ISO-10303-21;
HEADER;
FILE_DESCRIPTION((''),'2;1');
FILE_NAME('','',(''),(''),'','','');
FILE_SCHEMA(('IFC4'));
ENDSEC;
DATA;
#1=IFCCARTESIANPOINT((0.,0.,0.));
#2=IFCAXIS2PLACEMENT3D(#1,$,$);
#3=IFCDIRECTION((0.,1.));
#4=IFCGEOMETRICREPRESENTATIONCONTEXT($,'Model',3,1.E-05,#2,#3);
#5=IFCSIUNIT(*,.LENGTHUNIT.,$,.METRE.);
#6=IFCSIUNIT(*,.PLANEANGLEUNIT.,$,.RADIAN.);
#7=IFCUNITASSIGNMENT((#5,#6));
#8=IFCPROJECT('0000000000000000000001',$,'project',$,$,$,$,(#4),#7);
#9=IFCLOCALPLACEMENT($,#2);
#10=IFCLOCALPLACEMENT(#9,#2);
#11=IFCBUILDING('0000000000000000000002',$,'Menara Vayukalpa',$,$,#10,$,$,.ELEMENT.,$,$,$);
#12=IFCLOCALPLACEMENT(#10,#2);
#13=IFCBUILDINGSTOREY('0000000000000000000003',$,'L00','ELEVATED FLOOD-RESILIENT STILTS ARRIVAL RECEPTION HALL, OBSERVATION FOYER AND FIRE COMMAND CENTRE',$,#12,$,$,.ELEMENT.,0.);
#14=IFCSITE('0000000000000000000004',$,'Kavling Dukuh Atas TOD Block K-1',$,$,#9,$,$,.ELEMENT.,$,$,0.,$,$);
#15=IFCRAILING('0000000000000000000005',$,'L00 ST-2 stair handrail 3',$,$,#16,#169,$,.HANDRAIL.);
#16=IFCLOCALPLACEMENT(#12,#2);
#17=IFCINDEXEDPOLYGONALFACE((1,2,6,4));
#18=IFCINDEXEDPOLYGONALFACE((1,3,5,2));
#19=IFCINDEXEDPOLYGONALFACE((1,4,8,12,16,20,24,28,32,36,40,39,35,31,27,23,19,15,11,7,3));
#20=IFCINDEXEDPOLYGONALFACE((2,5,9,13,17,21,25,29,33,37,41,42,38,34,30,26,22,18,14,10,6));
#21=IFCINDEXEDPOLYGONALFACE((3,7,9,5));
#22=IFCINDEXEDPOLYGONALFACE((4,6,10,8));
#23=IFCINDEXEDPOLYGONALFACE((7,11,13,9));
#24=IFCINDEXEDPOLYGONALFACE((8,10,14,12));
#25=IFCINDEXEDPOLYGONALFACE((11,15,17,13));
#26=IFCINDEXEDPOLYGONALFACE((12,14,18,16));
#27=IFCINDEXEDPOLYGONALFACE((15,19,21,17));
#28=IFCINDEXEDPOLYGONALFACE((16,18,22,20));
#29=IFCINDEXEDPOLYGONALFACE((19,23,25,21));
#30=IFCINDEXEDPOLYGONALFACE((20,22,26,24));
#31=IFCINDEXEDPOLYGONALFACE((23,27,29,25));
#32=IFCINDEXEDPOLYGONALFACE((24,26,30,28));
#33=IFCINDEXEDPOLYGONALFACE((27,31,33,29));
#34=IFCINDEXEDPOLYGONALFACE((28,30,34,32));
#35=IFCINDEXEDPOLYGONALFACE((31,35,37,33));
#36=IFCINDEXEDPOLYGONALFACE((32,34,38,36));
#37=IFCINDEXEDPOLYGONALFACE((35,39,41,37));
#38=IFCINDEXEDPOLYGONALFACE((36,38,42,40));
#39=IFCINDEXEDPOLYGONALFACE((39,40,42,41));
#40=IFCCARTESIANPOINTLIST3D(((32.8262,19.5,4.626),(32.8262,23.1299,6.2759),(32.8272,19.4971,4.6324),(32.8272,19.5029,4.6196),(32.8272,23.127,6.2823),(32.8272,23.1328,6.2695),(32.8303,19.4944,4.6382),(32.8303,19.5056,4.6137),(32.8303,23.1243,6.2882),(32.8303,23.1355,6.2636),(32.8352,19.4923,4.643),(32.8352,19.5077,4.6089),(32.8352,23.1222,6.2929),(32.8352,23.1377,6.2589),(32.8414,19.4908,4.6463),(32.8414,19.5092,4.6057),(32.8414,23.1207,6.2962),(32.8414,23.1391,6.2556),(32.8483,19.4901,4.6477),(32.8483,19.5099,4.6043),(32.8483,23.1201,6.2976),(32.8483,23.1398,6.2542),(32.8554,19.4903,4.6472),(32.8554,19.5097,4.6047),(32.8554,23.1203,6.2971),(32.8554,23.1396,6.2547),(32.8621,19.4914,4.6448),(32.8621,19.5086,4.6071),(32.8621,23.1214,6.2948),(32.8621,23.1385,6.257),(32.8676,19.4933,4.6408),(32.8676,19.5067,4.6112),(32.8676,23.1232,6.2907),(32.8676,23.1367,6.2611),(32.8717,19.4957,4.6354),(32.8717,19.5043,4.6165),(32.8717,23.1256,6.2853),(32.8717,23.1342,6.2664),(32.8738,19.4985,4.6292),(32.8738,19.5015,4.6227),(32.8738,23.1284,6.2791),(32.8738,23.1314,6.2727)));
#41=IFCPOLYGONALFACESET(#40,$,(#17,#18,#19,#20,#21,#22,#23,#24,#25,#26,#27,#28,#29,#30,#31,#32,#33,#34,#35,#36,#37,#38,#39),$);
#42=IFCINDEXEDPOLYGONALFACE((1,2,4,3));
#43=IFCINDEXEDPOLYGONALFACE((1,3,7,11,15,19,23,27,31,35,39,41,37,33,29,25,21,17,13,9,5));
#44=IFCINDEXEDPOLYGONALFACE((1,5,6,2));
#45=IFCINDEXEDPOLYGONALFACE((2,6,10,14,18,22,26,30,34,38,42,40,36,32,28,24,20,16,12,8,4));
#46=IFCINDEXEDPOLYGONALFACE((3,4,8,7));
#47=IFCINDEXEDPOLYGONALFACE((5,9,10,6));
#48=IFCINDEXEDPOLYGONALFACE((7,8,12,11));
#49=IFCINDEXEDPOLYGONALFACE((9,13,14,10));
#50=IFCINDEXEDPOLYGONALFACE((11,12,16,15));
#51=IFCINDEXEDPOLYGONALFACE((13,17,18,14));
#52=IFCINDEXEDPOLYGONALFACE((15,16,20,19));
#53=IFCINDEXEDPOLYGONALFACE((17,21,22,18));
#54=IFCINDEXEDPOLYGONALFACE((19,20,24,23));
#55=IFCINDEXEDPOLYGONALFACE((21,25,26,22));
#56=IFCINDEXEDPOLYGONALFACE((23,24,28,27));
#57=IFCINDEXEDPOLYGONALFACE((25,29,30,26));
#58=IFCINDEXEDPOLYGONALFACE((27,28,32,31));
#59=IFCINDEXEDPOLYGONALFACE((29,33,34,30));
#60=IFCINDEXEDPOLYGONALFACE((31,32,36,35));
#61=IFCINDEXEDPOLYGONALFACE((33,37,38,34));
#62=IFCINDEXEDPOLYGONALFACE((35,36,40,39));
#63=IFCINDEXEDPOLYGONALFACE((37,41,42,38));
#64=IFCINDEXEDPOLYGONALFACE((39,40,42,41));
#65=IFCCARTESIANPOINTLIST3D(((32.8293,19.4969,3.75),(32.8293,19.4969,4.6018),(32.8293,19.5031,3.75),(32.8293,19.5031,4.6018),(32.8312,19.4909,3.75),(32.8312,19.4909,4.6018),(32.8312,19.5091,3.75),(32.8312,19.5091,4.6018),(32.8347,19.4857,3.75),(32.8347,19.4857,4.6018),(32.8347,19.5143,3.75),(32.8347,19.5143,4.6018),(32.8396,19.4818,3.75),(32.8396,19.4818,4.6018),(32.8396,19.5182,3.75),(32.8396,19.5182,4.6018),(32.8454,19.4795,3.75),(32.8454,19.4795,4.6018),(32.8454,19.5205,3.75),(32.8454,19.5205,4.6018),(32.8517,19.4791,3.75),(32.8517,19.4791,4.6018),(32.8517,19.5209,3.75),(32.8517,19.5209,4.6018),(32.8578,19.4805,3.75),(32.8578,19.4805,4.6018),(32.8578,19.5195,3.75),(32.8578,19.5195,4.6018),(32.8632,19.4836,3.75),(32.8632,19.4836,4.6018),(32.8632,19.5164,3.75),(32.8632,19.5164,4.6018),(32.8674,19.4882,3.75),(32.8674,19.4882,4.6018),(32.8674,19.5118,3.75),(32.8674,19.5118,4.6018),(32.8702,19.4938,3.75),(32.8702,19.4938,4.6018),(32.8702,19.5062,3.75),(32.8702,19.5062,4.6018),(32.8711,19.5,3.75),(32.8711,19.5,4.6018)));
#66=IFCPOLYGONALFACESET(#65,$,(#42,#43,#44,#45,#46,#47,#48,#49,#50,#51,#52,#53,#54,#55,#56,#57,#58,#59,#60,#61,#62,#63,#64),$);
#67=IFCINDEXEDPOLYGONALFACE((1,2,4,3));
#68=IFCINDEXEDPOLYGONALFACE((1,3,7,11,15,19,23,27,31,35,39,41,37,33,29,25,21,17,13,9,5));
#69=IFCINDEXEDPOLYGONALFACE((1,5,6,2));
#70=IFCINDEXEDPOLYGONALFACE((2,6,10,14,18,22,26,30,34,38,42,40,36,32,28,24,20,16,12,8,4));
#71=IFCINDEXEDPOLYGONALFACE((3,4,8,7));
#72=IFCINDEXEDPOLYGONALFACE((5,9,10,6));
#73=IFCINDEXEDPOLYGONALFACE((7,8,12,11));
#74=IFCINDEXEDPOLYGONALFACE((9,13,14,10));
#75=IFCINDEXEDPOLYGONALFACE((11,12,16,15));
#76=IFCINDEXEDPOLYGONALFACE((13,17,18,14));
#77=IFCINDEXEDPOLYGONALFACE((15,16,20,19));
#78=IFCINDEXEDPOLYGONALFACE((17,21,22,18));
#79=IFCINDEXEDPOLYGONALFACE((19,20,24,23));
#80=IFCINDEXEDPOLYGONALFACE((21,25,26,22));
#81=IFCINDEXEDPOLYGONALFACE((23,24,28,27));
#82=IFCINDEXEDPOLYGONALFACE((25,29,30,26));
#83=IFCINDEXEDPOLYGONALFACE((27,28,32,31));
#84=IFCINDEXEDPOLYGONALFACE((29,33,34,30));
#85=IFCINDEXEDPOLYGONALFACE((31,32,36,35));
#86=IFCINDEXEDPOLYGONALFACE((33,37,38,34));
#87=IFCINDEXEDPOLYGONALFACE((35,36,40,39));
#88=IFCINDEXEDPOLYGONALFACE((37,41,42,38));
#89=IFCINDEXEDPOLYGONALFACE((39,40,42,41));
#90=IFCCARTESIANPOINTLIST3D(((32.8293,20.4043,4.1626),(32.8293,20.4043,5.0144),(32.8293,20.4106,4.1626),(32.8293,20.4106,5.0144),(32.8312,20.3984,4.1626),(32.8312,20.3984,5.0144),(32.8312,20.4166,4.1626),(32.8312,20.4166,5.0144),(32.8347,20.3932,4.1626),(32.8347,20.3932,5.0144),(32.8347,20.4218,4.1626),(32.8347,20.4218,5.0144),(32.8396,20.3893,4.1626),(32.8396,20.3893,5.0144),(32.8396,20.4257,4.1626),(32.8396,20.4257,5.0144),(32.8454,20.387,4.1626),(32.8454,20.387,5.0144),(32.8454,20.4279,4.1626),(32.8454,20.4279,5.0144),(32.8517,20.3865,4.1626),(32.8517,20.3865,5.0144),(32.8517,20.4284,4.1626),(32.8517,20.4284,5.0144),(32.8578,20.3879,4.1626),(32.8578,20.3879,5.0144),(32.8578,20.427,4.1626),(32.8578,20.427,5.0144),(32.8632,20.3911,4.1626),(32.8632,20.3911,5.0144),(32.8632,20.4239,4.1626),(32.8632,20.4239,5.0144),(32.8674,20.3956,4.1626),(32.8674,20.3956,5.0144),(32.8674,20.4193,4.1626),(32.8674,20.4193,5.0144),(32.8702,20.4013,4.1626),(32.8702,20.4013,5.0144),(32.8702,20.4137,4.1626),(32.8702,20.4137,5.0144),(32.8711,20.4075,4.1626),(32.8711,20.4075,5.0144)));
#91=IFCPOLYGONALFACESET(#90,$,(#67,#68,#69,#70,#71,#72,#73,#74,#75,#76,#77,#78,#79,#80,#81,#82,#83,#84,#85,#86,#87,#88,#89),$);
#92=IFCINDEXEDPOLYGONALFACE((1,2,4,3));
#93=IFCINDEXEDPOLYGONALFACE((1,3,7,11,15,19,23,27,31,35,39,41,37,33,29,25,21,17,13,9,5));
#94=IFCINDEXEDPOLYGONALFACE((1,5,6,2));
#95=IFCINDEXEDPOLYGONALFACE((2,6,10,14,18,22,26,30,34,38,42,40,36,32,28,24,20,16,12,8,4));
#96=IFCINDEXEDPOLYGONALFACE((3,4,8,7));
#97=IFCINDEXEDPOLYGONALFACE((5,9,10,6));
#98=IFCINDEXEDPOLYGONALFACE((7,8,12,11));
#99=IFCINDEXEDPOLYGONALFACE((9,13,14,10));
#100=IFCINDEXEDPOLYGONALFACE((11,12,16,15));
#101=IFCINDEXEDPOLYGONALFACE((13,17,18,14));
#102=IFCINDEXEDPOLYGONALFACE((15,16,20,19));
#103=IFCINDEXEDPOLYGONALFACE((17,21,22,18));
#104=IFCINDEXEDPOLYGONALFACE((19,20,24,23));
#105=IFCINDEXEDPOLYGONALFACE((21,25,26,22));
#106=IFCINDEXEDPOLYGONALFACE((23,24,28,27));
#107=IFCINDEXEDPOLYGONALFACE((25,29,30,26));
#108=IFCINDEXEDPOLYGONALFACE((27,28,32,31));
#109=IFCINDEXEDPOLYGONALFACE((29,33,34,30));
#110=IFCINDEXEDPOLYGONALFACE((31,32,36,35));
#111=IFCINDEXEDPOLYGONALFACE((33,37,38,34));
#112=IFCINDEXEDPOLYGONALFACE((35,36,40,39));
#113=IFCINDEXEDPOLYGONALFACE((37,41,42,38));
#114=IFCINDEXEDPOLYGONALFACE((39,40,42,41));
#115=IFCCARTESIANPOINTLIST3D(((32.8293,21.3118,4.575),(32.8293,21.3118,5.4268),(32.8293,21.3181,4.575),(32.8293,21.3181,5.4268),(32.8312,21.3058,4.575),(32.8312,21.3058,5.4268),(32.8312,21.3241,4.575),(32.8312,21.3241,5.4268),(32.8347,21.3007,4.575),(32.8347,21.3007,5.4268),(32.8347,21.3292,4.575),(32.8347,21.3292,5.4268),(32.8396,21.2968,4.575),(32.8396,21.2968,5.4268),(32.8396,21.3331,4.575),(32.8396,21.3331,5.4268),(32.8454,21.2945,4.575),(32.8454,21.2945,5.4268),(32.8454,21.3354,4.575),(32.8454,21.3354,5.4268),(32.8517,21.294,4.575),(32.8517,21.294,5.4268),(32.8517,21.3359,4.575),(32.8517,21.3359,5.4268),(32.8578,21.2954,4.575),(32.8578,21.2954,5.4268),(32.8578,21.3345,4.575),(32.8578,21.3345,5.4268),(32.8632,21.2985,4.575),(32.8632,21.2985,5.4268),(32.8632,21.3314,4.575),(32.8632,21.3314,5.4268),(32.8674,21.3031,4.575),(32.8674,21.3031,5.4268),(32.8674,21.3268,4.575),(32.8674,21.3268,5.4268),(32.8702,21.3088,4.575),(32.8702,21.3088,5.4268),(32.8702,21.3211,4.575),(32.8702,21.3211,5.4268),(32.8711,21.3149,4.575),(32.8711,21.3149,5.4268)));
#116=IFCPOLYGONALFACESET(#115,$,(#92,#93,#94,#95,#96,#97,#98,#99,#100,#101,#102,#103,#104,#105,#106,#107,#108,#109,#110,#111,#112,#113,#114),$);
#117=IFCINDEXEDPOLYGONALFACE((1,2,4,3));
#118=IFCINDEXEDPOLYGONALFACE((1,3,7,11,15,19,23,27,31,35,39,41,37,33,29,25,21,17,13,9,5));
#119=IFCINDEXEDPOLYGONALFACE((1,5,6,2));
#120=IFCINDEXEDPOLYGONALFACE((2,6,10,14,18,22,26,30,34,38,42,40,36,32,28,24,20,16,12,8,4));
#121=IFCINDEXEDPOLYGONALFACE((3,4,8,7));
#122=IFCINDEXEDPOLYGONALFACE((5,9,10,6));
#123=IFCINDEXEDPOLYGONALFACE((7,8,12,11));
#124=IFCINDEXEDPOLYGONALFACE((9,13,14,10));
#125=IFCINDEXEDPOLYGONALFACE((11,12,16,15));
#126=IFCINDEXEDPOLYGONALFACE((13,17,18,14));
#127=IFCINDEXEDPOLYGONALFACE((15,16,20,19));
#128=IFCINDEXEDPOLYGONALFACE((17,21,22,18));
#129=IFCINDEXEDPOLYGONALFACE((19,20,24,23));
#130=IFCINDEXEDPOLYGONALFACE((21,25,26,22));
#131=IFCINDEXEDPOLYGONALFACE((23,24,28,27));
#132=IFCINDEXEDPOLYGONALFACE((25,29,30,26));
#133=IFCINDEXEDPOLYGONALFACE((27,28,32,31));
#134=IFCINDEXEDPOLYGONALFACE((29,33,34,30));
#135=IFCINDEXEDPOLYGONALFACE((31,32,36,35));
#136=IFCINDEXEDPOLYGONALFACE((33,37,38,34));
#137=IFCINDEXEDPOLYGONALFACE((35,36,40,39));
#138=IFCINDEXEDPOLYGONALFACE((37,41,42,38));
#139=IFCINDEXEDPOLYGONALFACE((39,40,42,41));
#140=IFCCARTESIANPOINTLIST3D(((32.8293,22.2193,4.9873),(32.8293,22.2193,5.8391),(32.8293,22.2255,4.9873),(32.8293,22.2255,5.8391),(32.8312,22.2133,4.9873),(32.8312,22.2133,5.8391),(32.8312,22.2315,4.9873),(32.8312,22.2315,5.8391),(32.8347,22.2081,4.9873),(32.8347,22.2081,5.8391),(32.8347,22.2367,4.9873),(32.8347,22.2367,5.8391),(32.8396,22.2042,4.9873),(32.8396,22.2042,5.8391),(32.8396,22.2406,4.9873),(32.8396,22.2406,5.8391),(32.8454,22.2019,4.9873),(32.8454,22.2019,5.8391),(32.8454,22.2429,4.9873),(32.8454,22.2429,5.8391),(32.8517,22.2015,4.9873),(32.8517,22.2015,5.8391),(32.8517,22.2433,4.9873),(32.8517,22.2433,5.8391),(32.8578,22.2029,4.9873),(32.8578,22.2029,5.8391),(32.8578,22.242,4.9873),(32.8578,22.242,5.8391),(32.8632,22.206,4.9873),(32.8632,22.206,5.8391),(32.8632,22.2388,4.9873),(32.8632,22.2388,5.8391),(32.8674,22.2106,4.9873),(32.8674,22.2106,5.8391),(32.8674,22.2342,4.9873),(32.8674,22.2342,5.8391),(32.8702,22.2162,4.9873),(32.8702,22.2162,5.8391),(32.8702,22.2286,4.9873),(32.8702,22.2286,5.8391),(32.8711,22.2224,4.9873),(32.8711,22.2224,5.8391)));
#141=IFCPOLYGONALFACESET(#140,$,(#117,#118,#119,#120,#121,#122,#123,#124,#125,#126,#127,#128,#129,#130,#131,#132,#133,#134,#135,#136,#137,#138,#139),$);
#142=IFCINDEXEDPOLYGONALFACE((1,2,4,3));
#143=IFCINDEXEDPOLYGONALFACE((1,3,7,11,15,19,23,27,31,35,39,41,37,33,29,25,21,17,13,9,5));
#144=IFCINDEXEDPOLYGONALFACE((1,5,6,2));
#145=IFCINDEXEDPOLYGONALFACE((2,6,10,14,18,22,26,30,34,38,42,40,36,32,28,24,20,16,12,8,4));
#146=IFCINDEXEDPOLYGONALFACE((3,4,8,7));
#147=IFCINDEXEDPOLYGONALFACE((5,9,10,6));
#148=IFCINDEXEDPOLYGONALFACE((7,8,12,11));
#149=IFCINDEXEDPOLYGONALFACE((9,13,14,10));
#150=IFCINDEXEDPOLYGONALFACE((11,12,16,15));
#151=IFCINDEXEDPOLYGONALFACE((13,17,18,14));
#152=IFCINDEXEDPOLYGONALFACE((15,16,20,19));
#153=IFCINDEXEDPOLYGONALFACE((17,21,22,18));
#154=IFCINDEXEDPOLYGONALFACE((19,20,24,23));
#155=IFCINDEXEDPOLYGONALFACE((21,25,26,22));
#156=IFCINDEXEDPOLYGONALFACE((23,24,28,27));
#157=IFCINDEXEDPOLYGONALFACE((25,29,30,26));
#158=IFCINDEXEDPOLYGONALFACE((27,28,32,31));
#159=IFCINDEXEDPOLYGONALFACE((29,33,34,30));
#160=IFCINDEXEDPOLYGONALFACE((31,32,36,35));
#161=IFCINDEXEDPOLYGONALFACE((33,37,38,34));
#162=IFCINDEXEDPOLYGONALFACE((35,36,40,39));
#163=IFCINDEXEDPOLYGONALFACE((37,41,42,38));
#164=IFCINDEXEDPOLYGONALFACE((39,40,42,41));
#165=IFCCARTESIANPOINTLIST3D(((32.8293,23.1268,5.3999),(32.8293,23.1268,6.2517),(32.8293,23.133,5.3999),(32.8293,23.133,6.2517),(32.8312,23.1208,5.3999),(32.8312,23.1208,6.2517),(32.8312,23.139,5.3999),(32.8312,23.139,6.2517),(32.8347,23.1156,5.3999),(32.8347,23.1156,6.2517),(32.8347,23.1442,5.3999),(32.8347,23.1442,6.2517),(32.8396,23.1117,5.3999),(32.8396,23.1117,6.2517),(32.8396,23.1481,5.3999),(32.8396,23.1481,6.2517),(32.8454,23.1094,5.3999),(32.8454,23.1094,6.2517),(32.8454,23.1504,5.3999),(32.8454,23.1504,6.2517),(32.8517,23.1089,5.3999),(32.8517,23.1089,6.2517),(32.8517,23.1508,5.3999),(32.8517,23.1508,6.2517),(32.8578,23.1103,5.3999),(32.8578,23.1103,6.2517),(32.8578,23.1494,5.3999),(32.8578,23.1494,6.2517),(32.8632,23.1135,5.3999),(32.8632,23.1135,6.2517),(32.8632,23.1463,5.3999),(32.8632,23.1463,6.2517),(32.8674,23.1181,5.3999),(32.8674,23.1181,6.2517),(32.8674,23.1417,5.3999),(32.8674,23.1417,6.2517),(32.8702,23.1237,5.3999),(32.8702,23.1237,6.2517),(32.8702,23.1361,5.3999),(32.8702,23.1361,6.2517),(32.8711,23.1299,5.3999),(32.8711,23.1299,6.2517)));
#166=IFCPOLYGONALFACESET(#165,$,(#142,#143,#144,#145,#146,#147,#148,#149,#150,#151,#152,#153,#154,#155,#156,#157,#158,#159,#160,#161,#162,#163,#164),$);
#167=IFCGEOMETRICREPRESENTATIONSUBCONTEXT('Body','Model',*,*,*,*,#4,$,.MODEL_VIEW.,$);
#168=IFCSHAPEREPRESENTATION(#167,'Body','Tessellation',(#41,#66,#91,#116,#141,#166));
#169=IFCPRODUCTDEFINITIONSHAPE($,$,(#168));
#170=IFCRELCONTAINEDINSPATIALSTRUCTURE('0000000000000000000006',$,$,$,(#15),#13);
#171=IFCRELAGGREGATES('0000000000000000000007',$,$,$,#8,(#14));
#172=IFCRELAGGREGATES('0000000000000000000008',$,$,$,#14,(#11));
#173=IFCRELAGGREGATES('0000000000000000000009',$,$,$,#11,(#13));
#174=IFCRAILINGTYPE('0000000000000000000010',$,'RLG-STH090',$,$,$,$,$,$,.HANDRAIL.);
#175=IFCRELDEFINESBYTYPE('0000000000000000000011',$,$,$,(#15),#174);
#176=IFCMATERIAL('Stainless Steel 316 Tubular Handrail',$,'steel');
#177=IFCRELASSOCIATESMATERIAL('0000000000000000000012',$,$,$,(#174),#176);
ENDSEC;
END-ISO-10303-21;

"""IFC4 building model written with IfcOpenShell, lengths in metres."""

from ifc_helpers import new_model, si_unit, direction, frame, origin, origin_2d, place, context, subcontext, project, spatial, circle, extrude, material, type_object, element, save


model = new_model("IFC4")

# Units and contexts
model_context = context("Model", 3, precision=1e-05, world=origin(), true_north=direction((0.0, 1.0)))
body_context = subcontext(model_context, "Body", "Model", "MODEL_VIEW")
ifc_project = project(units=[si_unit("LENGTHUNIT", "METRE"), si_unit("PLANEANGLEUNIT", "RADIAN")], contexts=[model_context])

# Site, building, storey
site_placement = place(None, origin())
site = spatial("IfcSite", under=ifc_project, at=site_placement, Name="Kavling Dukuh Atas TOD Block K-1", CompositionType="ELEMENT", RefElevation=0.0)
building_placement = place(site_placement, origin())
building = spatial("IfcBuilding", under=site, at=building_placement, Name="Menara Vayukalpa", CompositionType="ELEMENT")
storey_placement = place(building_placement, origin())
storey = spatial("IfcBuildingStorey", under=building, at=storey_placement, Name="L00", Description="ELEVATED FLOOD-RESILIENT STILTS ARRIVAL RECEPTION HALL, OBSERVATION FOYER AND FIRE COMMAND CENTRE", CompositionType="ELEMENT", Elevation=0.0)

# Railing
ifc_material_1 = material(Name="Stainless Steel 316 Tubular Handrail", Category="steel")
railing_type_1 = type_object("IfcRailingType", Name="RLG-STH090", PredefinedType="HANDRAIL", material=ifc_material_1)
railing_1_placement = place(storey_placement, frame((32.8501, 19.5, 3.75)))
element("IfcRailing", 1, at=railing_1_placement, inside=storey, type_object=railing_type_1, Name="L00 ST-2 stair handrail 3", PredefinedType="HANDRAIL", context=body_context, shape_type="SweptSolid", body=[
    extrude(circle(Radius=0.0239, at=origin_2d()), frame((0.0, 0.0, 0.876), z_axis=(0.0, 0.910371, 0.413794), x_axis=(-1.0, 0.0, 0.0)), (0.0, 0.0, 1.0), 3.9873),
    extrude(circle(Radius=0.021, at=origin_2d()), origin(), (0.0, 0.0, 1.0), 0.8518),
    extrude(circle(Radius=0.021, at=origin_2d()), frame((0.0, 0.9075, 0.4126)), (0.0, 0.0, 1.0), 0.8518),
    extrude(circle(Radius=0.021, at=origin_2d()), frame((0.0, 1.8149, 0.825)), (0.0, 0.0, 1.0), 0.8518),
    extrude(circle(Radius=0.021, at=origin_2d()), frame((0.0, 2.7224, 1.2373)), (0.0, 0.0, 1.0), 0.8518),
    extrude(circle(Radius=0.021, at=origin_2d()), frame((0.0, 3.6299, 1.6499)), (0.0, 0.0, 1.0), 0.8518),
])

save(model, "model.ifc")
